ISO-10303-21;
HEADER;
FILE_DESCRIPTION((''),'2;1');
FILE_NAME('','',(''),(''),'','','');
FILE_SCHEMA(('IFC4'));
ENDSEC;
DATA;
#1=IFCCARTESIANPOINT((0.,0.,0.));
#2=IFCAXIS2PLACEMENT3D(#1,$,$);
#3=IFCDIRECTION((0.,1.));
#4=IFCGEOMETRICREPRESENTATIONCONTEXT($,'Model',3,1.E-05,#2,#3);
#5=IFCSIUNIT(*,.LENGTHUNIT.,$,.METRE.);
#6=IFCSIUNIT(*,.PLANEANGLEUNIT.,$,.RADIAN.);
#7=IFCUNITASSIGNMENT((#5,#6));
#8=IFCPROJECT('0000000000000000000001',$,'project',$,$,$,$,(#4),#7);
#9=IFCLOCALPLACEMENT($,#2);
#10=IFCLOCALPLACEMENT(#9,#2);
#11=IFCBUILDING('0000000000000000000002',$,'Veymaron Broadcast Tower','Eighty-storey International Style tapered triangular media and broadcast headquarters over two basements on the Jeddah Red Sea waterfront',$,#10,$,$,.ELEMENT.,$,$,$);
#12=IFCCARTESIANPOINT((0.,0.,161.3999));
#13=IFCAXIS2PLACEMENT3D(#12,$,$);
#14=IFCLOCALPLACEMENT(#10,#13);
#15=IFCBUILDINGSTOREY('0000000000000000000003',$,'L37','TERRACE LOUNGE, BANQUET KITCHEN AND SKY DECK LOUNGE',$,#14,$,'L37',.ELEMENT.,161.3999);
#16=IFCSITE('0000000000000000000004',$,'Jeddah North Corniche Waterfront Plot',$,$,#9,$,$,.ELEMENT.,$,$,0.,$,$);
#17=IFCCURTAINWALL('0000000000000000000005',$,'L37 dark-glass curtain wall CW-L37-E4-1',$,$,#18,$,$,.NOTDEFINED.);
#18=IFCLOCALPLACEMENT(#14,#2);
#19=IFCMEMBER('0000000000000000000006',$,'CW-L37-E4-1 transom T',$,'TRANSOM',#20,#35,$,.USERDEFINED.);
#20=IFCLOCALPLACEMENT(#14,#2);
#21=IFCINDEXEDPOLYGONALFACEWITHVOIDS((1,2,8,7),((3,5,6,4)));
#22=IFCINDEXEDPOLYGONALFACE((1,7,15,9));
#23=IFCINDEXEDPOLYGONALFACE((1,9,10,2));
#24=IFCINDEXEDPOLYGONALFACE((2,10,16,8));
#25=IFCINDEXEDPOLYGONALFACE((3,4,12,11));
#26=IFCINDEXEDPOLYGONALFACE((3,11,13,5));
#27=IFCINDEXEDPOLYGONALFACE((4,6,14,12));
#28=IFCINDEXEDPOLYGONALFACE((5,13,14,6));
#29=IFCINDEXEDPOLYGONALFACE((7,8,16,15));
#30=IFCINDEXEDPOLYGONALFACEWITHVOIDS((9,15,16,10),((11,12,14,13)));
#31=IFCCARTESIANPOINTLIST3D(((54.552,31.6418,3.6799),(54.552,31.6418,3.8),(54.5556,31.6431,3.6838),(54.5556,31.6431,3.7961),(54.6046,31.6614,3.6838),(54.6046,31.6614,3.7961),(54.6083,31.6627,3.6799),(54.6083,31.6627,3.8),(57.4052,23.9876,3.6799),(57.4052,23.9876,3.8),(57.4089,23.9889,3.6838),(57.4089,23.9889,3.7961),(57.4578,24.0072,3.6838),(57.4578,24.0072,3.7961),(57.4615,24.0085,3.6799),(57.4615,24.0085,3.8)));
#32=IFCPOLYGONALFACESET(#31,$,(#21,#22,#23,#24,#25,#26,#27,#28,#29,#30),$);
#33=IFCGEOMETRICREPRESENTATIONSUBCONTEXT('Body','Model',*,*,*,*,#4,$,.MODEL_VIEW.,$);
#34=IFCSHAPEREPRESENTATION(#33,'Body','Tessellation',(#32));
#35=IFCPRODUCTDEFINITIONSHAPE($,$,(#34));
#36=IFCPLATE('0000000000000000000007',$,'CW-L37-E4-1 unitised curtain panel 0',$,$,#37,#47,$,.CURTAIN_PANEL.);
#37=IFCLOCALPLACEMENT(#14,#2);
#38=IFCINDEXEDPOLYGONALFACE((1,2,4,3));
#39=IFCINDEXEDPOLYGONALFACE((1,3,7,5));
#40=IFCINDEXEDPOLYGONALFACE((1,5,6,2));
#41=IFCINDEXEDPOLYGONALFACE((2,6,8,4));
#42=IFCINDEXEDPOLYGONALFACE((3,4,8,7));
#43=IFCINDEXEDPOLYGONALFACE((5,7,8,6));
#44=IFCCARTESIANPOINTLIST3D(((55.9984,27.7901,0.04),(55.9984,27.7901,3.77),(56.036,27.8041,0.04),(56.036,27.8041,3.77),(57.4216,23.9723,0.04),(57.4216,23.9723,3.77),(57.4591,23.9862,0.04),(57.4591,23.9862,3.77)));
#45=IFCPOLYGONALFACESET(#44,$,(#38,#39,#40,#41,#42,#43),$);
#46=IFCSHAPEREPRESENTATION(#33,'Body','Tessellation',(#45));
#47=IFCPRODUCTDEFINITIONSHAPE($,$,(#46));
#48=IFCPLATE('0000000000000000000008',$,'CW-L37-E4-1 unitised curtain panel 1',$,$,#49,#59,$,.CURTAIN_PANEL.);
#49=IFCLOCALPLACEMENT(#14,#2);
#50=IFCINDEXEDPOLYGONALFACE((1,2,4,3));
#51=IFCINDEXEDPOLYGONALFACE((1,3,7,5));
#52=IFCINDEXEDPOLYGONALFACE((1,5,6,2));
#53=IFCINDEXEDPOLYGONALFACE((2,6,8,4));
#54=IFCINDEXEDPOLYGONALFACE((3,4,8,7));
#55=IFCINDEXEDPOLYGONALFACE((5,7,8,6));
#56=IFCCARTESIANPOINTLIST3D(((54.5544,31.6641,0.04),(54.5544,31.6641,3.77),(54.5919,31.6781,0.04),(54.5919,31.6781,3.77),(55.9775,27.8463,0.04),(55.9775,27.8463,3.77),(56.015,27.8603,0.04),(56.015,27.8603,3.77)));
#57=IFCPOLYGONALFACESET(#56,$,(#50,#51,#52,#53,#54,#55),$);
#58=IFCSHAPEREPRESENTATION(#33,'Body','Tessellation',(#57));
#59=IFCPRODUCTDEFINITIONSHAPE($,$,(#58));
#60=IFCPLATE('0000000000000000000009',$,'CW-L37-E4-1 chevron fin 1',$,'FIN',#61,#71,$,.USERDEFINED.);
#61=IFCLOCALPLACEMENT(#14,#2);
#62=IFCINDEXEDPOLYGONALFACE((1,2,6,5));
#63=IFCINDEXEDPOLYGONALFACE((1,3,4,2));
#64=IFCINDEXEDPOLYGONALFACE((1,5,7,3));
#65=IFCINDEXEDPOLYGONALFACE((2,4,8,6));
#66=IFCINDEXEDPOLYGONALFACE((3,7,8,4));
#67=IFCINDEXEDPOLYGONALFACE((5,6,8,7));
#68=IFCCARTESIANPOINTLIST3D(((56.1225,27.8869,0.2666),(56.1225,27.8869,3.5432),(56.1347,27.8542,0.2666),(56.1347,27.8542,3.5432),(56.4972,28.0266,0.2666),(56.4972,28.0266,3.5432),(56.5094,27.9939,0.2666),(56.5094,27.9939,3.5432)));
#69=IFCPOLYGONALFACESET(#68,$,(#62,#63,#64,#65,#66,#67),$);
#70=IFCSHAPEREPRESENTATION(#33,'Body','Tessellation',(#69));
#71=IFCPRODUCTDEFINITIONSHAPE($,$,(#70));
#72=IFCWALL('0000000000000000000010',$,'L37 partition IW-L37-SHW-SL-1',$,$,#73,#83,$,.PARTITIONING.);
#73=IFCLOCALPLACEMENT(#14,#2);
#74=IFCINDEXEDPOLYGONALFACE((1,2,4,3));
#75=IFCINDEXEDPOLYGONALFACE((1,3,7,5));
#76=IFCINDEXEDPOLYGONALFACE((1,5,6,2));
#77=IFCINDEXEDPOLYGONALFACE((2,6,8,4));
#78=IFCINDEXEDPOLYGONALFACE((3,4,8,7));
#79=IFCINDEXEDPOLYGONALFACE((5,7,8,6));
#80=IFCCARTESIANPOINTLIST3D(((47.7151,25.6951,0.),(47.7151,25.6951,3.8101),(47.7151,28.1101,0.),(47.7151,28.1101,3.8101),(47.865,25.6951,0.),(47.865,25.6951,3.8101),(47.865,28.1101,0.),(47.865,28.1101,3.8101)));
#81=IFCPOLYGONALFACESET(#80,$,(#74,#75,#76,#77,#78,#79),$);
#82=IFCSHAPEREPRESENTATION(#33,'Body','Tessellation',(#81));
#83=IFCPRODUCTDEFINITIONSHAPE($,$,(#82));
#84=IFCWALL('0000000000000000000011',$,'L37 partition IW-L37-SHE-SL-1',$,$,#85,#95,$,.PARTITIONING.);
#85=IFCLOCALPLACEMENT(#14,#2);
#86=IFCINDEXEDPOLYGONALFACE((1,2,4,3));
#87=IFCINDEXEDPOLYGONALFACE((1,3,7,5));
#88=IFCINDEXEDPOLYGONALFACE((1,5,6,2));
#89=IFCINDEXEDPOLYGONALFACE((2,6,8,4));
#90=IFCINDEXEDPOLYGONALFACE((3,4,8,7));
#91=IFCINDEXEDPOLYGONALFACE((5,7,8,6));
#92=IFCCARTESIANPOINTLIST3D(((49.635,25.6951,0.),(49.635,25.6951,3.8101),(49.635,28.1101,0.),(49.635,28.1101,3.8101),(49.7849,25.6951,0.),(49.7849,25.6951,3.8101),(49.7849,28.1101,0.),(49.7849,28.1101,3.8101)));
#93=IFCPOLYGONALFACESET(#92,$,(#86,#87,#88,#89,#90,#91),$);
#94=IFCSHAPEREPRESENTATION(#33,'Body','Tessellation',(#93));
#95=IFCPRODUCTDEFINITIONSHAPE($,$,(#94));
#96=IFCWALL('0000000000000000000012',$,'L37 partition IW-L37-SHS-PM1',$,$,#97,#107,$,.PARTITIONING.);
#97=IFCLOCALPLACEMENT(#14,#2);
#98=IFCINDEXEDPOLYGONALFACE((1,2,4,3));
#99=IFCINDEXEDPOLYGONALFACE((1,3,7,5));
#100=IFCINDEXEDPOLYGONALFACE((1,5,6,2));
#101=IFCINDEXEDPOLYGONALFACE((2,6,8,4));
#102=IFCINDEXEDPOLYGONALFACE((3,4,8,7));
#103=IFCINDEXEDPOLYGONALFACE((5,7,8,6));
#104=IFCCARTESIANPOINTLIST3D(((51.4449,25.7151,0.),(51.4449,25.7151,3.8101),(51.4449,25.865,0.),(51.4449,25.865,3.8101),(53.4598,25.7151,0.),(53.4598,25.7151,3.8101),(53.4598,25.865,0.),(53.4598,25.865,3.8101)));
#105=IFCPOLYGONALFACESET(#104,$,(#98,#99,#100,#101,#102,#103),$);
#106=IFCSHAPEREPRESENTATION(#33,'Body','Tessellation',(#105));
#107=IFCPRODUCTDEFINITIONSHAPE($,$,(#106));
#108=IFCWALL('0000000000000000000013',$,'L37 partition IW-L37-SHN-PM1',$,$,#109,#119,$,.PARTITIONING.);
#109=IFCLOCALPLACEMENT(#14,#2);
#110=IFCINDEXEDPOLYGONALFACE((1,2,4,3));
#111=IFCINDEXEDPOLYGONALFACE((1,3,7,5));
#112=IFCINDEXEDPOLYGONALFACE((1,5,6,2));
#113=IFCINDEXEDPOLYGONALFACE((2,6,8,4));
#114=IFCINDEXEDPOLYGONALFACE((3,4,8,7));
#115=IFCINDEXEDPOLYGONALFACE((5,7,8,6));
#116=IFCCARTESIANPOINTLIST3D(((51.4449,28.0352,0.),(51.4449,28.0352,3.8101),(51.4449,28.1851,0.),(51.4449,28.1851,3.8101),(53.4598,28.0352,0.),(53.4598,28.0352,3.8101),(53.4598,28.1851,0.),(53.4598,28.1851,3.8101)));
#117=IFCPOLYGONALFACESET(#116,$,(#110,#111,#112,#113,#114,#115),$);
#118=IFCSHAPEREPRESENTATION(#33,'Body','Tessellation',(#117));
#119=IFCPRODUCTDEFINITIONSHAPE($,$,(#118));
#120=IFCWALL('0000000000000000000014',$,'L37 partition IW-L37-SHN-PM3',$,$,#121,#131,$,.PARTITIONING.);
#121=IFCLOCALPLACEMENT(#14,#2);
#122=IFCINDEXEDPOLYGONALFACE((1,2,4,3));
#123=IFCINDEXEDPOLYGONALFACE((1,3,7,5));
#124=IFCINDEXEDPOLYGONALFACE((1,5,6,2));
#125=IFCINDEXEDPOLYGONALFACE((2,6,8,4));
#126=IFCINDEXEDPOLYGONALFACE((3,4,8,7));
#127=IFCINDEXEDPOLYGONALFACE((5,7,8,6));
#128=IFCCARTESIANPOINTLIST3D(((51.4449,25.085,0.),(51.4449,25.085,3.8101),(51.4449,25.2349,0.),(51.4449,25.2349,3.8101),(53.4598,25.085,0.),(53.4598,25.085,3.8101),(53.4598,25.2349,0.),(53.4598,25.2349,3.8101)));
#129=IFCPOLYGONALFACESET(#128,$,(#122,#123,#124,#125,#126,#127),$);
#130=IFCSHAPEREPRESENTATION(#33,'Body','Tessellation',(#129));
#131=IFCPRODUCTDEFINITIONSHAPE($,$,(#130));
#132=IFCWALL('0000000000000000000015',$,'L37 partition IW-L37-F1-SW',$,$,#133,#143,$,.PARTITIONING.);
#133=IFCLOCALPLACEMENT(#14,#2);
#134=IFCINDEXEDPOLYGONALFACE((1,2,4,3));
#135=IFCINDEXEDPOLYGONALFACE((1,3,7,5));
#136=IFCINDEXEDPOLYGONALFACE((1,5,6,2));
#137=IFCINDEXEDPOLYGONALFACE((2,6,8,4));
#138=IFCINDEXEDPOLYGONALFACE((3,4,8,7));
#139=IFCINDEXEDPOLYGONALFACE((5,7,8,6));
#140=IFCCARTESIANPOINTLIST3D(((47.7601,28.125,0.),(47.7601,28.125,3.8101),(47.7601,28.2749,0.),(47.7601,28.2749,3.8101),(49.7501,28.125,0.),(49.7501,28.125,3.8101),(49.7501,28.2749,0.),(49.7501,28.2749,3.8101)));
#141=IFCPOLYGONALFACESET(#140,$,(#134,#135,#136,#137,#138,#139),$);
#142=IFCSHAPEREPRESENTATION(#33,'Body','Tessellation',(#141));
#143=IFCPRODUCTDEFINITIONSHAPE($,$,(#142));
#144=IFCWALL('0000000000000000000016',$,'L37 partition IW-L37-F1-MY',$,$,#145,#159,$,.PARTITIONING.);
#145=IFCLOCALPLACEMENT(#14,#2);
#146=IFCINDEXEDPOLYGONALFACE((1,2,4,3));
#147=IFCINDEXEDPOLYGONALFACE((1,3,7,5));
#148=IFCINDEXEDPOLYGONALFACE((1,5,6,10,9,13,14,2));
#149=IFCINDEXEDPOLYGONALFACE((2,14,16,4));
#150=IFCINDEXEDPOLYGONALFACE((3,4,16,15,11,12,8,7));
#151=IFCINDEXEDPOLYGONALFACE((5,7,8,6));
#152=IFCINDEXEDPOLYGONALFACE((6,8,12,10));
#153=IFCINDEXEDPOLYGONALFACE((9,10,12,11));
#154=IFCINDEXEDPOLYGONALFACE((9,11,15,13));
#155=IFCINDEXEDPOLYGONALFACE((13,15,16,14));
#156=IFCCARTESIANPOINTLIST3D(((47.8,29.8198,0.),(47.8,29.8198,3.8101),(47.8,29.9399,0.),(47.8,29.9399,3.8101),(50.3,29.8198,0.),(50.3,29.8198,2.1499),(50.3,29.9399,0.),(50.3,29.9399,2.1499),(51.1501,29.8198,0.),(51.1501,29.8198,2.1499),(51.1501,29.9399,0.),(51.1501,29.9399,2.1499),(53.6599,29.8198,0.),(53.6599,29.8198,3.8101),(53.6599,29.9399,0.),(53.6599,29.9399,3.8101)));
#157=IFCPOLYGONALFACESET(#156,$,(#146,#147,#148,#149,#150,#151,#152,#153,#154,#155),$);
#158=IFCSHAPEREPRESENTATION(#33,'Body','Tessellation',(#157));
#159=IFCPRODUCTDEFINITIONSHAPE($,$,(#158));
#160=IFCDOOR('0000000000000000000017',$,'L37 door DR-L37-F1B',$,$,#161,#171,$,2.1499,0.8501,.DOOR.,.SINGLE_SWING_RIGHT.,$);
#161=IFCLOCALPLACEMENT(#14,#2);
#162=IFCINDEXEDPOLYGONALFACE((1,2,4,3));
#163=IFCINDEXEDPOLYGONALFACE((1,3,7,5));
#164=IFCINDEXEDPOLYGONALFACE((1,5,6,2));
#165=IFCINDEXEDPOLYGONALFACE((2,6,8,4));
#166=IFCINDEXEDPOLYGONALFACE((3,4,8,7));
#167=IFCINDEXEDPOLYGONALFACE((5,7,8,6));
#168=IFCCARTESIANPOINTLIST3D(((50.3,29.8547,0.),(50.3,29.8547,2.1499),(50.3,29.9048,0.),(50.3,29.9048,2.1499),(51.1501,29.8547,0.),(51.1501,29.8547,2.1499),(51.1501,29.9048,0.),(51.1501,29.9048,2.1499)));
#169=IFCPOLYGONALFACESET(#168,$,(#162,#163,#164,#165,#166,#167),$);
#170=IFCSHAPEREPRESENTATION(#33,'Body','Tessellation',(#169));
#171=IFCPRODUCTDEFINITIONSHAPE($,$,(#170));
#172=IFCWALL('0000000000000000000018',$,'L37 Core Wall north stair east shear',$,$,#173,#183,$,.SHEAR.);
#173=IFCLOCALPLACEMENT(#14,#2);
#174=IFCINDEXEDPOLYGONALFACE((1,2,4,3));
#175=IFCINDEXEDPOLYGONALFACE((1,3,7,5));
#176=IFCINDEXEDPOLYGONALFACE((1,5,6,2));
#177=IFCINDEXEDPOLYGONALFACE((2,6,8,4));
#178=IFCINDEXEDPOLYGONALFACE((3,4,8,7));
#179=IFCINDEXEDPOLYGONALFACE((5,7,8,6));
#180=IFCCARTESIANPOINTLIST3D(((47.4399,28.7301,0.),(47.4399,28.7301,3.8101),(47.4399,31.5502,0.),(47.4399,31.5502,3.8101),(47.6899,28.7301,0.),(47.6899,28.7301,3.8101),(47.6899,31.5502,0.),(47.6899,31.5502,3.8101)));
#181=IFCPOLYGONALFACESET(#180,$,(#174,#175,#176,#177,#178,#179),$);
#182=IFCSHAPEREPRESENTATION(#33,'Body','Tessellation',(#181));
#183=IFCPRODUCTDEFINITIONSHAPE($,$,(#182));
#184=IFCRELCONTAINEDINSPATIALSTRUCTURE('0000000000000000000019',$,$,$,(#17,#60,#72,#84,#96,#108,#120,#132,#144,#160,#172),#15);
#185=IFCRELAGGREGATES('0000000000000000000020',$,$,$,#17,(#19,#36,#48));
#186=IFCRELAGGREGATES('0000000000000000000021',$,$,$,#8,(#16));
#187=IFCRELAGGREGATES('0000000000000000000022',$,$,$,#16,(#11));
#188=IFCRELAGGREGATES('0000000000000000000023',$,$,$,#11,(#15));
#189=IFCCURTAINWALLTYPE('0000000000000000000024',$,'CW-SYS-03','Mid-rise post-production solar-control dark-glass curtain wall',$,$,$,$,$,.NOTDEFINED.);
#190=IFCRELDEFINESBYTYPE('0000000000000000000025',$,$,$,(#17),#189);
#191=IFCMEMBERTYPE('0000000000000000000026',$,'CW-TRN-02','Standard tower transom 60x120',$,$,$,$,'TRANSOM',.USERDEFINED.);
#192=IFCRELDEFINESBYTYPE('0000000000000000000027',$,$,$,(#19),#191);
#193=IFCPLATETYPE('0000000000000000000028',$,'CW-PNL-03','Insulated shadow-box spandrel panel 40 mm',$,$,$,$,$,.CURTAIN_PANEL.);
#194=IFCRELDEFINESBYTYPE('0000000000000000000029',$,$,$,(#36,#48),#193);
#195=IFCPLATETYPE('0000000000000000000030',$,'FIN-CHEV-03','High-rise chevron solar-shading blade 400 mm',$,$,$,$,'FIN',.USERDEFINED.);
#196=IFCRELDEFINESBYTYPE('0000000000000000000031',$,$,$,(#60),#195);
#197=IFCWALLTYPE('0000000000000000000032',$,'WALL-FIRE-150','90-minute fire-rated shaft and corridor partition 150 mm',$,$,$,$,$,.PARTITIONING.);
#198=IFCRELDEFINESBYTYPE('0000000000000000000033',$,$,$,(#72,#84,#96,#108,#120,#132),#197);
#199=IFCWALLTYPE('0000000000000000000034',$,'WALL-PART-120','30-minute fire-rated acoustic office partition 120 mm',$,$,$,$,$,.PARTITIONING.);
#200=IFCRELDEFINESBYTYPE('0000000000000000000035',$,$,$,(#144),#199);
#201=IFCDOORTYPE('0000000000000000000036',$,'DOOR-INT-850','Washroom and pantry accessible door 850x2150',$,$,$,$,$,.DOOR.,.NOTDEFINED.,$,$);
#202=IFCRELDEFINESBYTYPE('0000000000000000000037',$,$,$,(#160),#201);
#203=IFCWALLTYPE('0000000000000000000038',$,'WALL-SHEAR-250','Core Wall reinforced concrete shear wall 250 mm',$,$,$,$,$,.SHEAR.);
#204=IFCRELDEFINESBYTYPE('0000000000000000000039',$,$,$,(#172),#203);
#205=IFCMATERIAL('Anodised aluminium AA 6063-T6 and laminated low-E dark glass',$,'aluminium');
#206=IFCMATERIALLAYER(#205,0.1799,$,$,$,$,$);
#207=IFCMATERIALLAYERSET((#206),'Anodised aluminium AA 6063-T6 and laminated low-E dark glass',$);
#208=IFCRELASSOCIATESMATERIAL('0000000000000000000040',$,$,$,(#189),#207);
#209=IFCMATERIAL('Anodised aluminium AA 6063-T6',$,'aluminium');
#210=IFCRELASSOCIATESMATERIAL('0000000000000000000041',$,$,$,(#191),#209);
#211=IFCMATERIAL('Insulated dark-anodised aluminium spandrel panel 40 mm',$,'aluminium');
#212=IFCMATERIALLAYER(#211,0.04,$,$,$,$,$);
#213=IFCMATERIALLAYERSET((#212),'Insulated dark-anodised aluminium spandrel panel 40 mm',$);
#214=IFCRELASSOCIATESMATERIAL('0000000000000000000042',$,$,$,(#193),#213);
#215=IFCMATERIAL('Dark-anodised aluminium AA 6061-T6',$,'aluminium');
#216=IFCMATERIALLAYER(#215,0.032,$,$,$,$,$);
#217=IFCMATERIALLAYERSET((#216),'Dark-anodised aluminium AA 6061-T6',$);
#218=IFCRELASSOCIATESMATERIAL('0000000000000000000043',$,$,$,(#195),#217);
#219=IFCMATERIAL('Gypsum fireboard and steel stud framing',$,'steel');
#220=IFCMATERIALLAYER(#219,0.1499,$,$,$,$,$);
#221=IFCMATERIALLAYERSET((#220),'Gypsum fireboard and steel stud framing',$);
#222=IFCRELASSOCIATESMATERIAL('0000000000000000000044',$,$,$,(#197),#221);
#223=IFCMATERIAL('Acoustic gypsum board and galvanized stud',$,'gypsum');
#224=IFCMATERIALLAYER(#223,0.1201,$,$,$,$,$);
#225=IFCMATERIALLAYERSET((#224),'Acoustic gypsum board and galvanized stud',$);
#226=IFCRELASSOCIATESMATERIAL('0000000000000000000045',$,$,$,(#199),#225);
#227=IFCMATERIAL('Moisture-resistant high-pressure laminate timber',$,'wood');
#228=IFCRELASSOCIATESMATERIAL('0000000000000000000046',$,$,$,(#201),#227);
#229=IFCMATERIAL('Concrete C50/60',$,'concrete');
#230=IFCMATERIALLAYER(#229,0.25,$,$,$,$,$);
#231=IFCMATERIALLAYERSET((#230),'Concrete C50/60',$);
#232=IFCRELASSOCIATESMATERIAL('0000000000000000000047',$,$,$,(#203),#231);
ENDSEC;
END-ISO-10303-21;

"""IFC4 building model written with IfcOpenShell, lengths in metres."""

from ifc_helpers import new_model, si_unit, direction, frame, frame_2d, origin, origin_2d, place, context, subcontext, project, spatial, rectangle, hollow_rectangle, extrude, material, layer, layer_set, material_profile, profile_set, type_object, element, fill, aggregate, save


model = new_model("IFC4")

# Units and contexts
model_context = context("Model", 3, precision=1e-05, world=origin(), true_north=direction((0.0, 1.0)))
body_context = subcontext(model_context, "Body", "Model", "MODEL_VIEW")
ifc_project = project(units=[si_unit("LENGTHUNIT", "METRE"), si_unit("PLANEANGLEUNIT", "RADIAN")], contexts=[model_context])

# Site, building, storey
site_placement = place(None, origin())
site = spatial("IfcSite", under=ifc_project, at=site_placement, Name="Jeddah North Corniche Waterfront Plot", CompositionType="ELEMENT", RefElevation=0.0)
building_placement = place(site_placement, origin())
building = spatial("IfcBuilding", under=site, at=building_placement, Name="Veymaron Broadcast Tower", Description="Eighty-storey International Style tapered triangular media and broadcast headquarters over two basements on the Jeddah Red Sea waterfront", CompositionType="ELEMENT")
storey_placement = place(building_placement, frame((0.0, 0.0, 161.3999)))
storey = spatial("IfcBuildingStorey", under=building, at=storey_placement, Name="L37", Description="TERRACE LOUNGE, BANQUET KITCHEN AND SKY DECK LOUNGE", LongName="L37", CompositionType="ELEMENT", Elevation=161.3999)

# Shared definitions
ifc_material_1 = material(Name="Anodised aluminium AA 6063-T6 and laminated low-E dark glass", Category="aluminium")
ifc_layer_1 = layer(ifc_material_1, 0.1799)
ifc_layer_set_1 = layer_set([ifc_layer_1], Name="Anodised aluminium AA 6063-T6 and laminated low-E dark glass")
curtain_wall_type = type_object("IfcCurtainWallType", Name="CW-SYS-03", Description="Mid-rise post-production solar-control dark-glass curtain wall", PredefinedType="NOTDEFINED", material=ifc_layer_set_1)
ifc_material_2 = material(Name="Anodised aluminium AA 6063-T6", Category="aluminium")

# Curtain wall, member, plates
curtain_wall_1_placement = place(storey_placement, origin())
curtain_wall_1 = element("IfcCurtainWall", 1, at=curtain_wall_1_placement, inside=storey, type_object=curtain_wall_type, Name="L37 dark-glass curtain wall CW-L37-E4-1", PredefinedType="NOTDEFINED")
ifc_material_profile_1 = material_profile(ifc_material_2, hollow_rectangle(XDim=0.0601, YDim=0.1201, WallThickness=0.0039, at=origin_2d()), Name="AL120X60X4")
ifc_profile_set_1 = profile_set([ifc_material_profile_1], Name="Anodised aluminium AA 6063-T6")
member_type_1 = type_object("IfcMemberType", Name="CW-TRN-02", Description="Standard tower transom 60x120", ElementType="TRANSOM", PredefinedType="USERDEFINED", material=ifc_profile_set_1)
member_1_placement = place(storey_placement, frame((57.4333, 23.998, 3.74), z_axis=(-0.349289, 0.937015, 0.0), x_axis=(-0.937015, -0.349289, 0.0)))
member_1 = element("IfcMember", 2, at=member_1_placement, type_object=member_type_1, Name="CW-L37-E4-1 transom T", ObjectType="TRANSOM", PredefinedType="USERDEFINED", context=body_context, shape_type="SweptSolid", body=[
    extrude(hollow_rectangle(XDim=0.0601, YDim=0.1201, WallThickness=0.0039, at=origin_2d()), origin(), (0.0, 0.0, 1.0), 8.1687),
])
ifc_material_3 = material(Name="Insulated dark-anodised aluminium spandrel panel 40 mm", Category="aluminium")
ifc_layer_2 = layer(ifc_material_3, 0.04)
ifc_layer_set_2 = layer_set([ifc_layer_2], Name="Insulated dark-anodised aluminium spandrel panel 40 mm")
plate_type_1 = type_object("IfcPlateType", Name="CW-PNL-03", Description="Insulated shadow-box spandrel panel 40 mm", PredefinedType="CURTAIN_PANEL", material=ifc_layer_set_2)
plate_1_placement = place(storey_placement, frame((56.7288, 25.8882, 0.04), z_axis=(0.0, 0.0, 1.0), x_axis=(-0.349275, 0.93702, 0.0)))
plate_1 = element("IfcPlate", 3, at=plate_1_placement, type_object=plate_type_1, Name="CW-L37-E4-1 unitised curtain panel 0", PredefinedType="CURTAIN_PANEL", context=body_context, shape_type="SweptSolid", body=[
    extrude(rectangle(XDim=4.0745, YDim=0.04, at=origin_2d()), origin(), (0.0, 0.0, 1.0), 3.73),
])
plate_2_placement = place(storey_placement, frame((55.2847, 29.7622, 0.04), z_axis=(0.0, 0.0, 1.0), x_axis=(-0.349275, 0.93702, 0.0)))
plate_2 = element("IfcPlate", 4, at=plate_2_placement, type_object=plate_type_1, Name="CW-L37-E4-1 unitised curtain panel 1", PredefinedType="CURTAIN_PANEL", context=body_context, shape_type="SweptSolid", body=[
    extrude(rectangle(XDim=4.0745, YDim=0.04, at=origin_2d()), origin(), (0.0, 0.0, 1.0), 3.73),
])
aggregate(curtain_wall_1, [member_1, plate_1, plate_2])

# Plate
ifc_material_4 = material(Name="Dark-anodised aluminium AA 6061-T6", Category="aluminium")
ifc_layer_3 = layer(ifc_material_4, 0.032)
ifc_layer_set_3 = layer_set([ifc_layer_3], Name="Dark-anodised aluminium AA 6061-T6")
plate_type_2 = type_object("IfcPlateType", Name="FIN-CHEV-03", Description="High-rise chevron solar-shading blade 400 mm", ElementType="FIN", PredefinedType="USERDEFINED", material=ifc_layer_set_3)
plate_3_placement = place(storey_placement, frame((56.3159, 27.9404, 0.2666), z_axis=(0.0, 0.0, 1.0), x_axis=(0.93702, 0.349275, 0.0)))
element("IfcPlate", 5, at=plate_3_placement, inside=storey, type_object=plate_type_2, Name="CW-L37-E4-1 chevron fin 1", ObjectType="FIN", PredefinedType="USERDEFINED", context=body_context, shape_type="SweptSolid", body=[
    extrude(rectangle(XDim=0.3999, YDim=0.0349, at=origin_2d()), origin(), (0.0, 0.0, 1.0), 3.2766),
])

# Shared definitions
ifc_material_5 = material(Name="Gypsum fireboard and steel stud framing", Category="steel")
ifc_layer_4 = layer(ifc_material_5, 0.1499)
ifc_layer_set_4 = layer_set([ifc_layer_4], Name="Gypsum fireboard and steel stud framing")
wall_type_1 = type_object("IfcWallType", Name="WALL-FIRE-150", Description="90-minute fire-rated shaft and corridor partition 150 mm", PredefinedType="PARTITIONING", material=ifc_layer_set_4)

# Walls
for number, where, z_axis, x_axis, name in (
    (6, (47.79, 25.6951, 0.0), (0.0, 0.0, 1.0), (0.0, 1.0, 0.0), "L37 partition IW-L37-SHW-SL-1"),
    (7, (49.71, 25.6951, 0.0), (0.0, 0.0, 1.0), (0.0, 1.0, 0.0), "L37 partition IW-L37-SHE-SL-1"),
):
    element("IfcWall", number, at=place(storey_placement, frame(where, z_axis=z_axis, x_axis=x_axis)), inside=storey, type_object=wall_type_1, Name=name, PredefinedType="PARTITIONING", context=body_context, shape_type="SweptSolid", body=[
        extrude(rectangle(XDim=2.415, YDim=0.1499, at=frame_2d((1.2075, 0.0))), origin(), (0.0, 0.0, 1.0), 3.8101),
    ])

# Walls
for number, where, z_axis, x_axis, name in (
    (8, (51.4451, 25.79, 0.0), (0.0, 0.0, 1.0), (1.0, 0.0, 0.0), "L37 partition IW-L37-SHS-PM1"),
    (9, (51.4451, 28.1101, 0.0), (0.0, 0.0, 1.0), (1.0, 0.0, 0.0), "L37 partition IW-L37-SHN-PM1"),
    (10, (51.4451, 25.1599, 0.0), (0.0, 0.0, 1.0), (1.0, 0.0, 0.0), "L37 partition IW-L37-SHN-PM3"),
):
    element("IfcWall", number, at=place(storey_placement, frame(where, z_axis=z_axis, x_axis=x_axis)), inside=storey, type_object=wall_type_1, Name=name, PredefinedType="PARTITIONING", context=body_context, shape_type="SweptSolid", body=[
        extrude(rectangle(XDim=2.0149, YDim=0.1499, at=frame_2d((1.0073, 0.0))), origin(), (0.0, 0.0, 1.0), 3.8101),
    ])
wall_1_placement = place(storey_placement, frame((47.76, 28.2, 0.0), z_axis=(0.0, 0.0, 1.0), x_axis=(1.0, 0.0, 0.0)))
element("IfcWall", 11, at=wall_1_placement, inside=storey, type_object=wall_type_1, Name="L37 partition IW-L37-F1-SW", PredefinedType="PARTITIONING", context=body_context, shape_type="SweptSolid", body=[
    extrude(rectangle(XDim=1.99, YDim=0.1499, at=frame_2d((0.9951, 0.0))), origin(), (0.0, 0.0, 1.0), 3.8101),
])

# Wall, opening, door
ifc_material_6 = material(Name="Acoustic gypsum board and galvanized stud", Category="gypsum")
ifc_layer_5 = layer(ifc_material_6, 0.1201)
ifc_layer_set_5 = layer_set([ifc_layer_5], Name="Acoustic gypsum board and galvanized stud")
wall_type_2 = type_object("IfcWallType", Name="WALL-PART-120", Description="30-minute fire-rated acoustic office partition 120 mm", PredefinedType="PARTITIONING", material=ifc_layer_set_5)
ifc_material_7 = material(Name="Moisture-resistant high-pressure laminate timber", Category="wood")
door_type_1 = type_object("IfcDoorType", Name="DOOR-INT-850", Description="Washroom and pantry accessible door 850x2150", OperationType="NOTDEFINED", PredefinedType="DOOR", material=ifc_material_7)
wall_2_placement = place(storey_placement, frame((47.8, 29.8799, 0.0), z_axis=(0.0, 0.0, 1.0), x_axis=(1.0, 0.0, 0.0)))
wall_2 = element("IfcWall", 12, at=wall_2_placement, inside=storey, type_object=wall_type_2, Name="L37 partition IW-L37-F1-MY", PredefinedType="PARTITIONING", context=body_context, shape_type="SweptSolid", body=[
    extrude(rectangle(XDim=5.8599, YDim=0.1201, at=frame_2d((2.9299, 0.0))), origin(), (0.0, 0.0, 1.0), 3.8101),
])
opening_1_placement = place(wall_2_placement, frame((2.5, 0.0, 0.0)))
opening_1 = element("IfcOpeningElement", 13, at=opening_1_placement, cuts=wall_2, PredefinedType="OPENING", context=body_context, shape_type="SweptSolid", body=[
    extrude(rectangle(XDim=0.8501, YDim=2.1499, at=frame_2d((0.425, 1.075))), frame((0.0, 0.0701, 0.0), z_axis=(0.0, -1.0, 0.0), x_axis=(1.0, 0.0, 0.0)), (0.0, 0.0, 1.0), 0.1401),
])
door_1_placement = place(opening_1_placement, origin())
door_1 = element("IfcDoor", 14, at=door_1_placement, inside=storey, type_object=door_type_1, Name="L37 door DR-L37-F1B", OperationType="SINGLE_SWING_RIGHT", OverallHeight=2.1499, OverallWidth=0.8501, PredefinedType="DOOR", context=body_context, shape_type="SweptSolid", body=[
    extrude(rectangle(XDim=0.8501, YDim=2.1499, at=frame_2d((0.425, 1.075))), frame((0.0, 0.0249, 0.0), z_axis=(0.0, -1.0, 0.0), x_axis=(1.0, 0.0, 0.0)), (0.0, 0.0, 1.0), 0.05),
])
fill(opening_1, door_1)

# Wall
ifc_material_8 = material(Name="Concrete C50/60", Category="concrete")
ifc_layer_6 = layer(ifc_material_8, 0.25)
ifc_layer_set_6 = layer_set([ifc_layer_6], Name="Concrete C50/60")
wall_type_3 = type_object("IfcWallType", Name="WALL-SHEAR-250", Description="Core Wall reinforced concrete shear wall 250 mm", PredefinedType="SHEAR", material=ifc_layer_set_6)
wall_3_placement = place(storey_placement, frame((47.5649, 28.73, 0.0), z_axis=(0.0, 0.0, 1.0), x_axis=(0.0, 1.0, 0.0)))
element("IfcWall", 15, at=wall_3_placement, inside=storey, type_object=wall_type_3, Name="L37 Core Wall north stair east shear", PredefinedType="SHEAR", context=body_context, shape_type="SweptSolid", body=[
    extrude(rectangle(XDim=2.8201, YDim=0.25, at=frame_2d((1.4102, 0.0))), origin(), (0.0, 0.0, 1.0), 3.8101),
])

save(model, "model.ifc")
